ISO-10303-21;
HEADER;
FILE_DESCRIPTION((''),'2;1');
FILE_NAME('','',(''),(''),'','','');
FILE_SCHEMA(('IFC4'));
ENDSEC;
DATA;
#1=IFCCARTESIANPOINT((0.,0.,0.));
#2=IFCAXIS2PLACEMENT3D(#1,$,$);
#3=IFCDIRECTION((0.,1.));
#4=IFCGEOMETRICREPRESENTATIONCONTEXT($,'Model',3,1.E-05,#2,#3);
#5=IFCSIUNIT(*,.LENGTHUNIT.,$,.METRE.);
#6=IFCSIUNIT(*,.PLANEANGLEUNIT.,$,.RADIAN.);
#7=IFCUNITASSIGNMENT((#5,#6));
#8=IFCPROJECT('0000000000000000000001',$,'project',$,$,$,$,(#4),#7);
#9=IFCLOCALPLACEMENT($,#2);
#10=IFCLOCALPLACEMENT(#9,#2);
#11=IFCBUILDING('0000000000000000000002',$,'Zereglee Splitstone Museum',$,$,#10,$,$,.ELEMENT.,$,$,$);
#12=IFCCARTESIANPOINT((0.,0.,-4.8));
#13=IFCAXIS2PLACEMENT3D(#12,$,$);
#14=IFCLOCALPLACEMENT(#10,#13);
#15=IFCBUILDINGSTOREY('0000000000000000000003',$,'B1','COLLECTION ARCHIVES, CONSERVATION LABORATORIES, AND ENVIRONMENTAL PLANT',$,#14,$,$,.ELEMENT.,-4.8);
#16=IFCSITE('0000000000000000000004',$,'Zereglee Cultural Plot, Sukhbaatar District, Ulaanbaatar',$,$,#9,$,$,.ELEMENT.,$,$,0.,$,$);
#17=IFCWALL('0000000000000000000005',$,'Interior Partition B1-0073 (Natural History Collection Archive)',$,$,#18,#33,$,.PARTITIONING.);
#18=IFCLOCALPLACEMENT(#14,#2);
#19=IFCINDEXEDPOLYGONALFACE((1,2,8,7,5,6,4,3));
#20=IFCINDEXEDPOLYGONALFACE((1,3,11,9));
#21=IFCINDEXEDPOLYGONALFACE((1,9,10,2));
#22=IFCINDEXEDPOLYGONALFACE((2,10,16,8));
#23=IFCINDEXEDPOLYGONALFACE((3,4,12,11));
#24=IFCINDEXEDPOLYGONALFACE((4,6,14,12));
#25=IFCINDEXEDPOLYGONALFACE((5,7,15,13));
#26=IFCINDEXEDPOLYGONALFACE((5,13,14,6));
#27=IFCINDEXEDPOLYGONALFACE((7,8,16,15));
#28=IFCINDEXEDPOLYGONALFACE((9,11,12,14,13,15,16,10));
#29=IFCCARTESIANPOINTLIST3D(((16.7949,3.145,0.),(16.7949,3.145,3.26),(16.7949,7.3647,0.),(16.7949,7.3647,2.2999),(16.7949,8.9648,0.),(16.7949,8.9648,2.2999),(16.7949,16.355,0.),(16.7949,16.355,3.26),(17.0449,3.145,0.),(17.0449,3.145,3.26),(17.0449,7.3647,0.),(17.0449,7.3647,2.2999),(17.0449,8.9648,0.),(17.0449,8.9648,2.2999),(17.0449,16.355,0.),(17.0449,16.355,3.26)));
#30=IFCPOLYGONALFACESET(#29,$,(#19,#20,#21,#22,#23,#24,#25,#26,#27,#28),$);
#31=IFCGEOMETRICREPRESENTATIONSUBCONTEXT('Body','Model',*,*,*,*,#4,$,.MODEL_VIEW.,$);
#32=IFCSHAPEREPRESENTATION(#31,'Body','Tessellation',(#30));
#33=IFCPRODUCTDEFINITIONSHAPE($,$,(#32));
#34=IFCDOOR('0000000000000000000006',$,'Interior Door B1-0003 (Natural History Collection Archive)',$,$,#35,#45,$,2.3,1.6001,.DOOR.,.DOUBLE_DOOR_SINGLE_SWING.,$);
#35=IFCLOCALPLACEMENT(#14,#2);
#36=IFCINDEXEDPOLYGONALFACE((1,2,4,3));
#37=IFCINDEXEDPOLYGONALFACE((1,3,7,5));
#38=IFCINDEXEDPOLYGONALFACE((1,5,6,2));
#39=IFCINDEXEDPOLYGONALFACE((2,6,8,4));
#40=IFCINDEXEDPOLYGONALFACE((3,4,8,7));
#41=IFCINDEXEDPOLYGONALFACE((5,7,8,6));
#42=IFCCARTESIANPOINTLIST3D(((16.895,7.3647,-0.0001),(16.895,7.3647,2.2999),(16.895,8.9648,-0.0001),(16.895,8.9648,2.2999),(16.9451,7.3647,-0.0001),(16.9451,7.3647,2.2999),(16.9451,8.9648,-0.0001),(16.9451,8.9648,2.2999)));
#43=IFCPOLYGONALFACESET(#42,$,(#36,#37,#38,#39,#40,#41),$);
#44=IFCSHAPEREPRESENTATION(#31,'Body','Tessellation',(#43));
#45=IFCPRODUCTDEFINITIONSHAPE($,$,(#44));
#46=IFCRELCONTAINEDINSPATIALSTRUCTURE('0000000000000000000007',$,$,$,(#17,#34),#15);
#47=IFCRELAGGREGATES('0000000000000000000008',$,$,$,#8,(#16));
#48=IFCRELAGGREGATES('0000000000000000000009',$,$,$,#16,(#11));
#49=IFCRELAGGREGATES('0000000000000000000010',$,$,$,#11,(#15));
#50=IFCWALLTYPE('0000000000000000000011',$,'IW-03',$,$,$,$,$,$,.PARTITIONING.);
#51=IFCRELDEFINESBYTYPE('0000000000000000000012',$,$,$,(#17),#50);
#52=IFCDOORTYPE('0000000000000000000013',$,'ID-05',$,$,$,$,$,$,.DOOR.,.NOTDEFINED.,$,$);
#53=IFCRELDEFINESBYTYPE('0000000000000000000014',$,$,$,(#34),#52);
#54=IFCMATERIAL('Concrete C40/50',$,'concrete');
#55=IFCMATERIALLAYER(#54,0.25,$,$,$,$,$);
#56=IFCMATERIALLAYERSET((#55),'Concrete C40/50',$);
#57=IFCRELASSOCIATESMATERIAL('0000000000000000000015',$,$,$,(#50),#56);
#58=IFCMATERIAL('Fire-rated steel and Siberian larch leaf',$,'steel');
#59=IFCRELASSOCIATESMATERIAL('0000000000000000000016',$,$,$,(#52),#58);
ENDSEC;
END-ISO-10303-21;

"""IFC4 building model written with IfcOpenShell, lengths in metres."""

from ifc_helpers import new_model, si_unit, direction, frame, frame_2d, origin, place, context, subcontext, project, spatial, rectangle, extrude, material, layer, layer_set, type_object, element, fill, save


model = new_model("IFC4")

# Units and contexts
model_context = context("Model", 3, precision=1e-05, world=origin(), true_north=direction((0.0, 1.0)))
body_context = subcontext(model_context, "Body", "Model", "MODEL_VIEW")
ifc_project = project(units=[si_unit("LENGTHUNIT", "METRE"), si_unit("PLANEANGLEUNIT", "RADIAN")], contexts=[model_context])

# Site, building, storey
site_placement = place(None, origin())
site = spatial("IfcSite", under=ifc_project, at=site_placement, Name="Zereglee Cultural Plot, Sukhbaatar District, Ulaanbaatar", CompositionType="ELEMENT", RefElevation=0.0)
building_placement = place(site_placement, origin())
building = spatial("IfcBuilding", under=site, at=building_placement, Name="Zereglee Splitstone Museum", CompositionType="ELEMENT")
storey_placement = place(building_placement, frame((0.0, 0.0, -4.8)))
storey = spatial("IfcBuildingStorey", under=building, at=storey_placement, Name="B1", Description="COLLECTION ARCHIVES, CONSERVATION LABORATORIES, AND ENVIRONMENTAL PLANT", CompositionType="ELEMENT", Elevation=-4.8)

# Shared definitions
ifc_material_1 = material(Name="Concrete C40/50", Category="concrete")

# Shared definitions
ifc_layer_1 = layer(ifc_material_1, 0.25)
ifc_layer_set_1 = layer_set([ifc_layer_1], Name="Concrete C40/50")
wall_type_1 = type_object("IfcWallType", Name="IW-03", PredefinedType="PARTITIONING", material=ifc_layer_set_1)

# Wall, opening, door
wall_1_placement = place(storey_placement, frame((16.9199, 3.145, 0.0), z_axis=(0.0, 0.0, 1.0), x_axis=(0.0, 1.0, 0.0)))
wall_1 = element("IfcWall", 1, at=wall_1_placement, inside=storey, type_object=wall_type_1, Name="Interior Partition B1-0073 (Natural History Collection Archive)", PredefinedType="PARTITIONING", context=body_context, shape_type="SweptSolid", body=[
    extrude(rectangle(XDim=13.21, YDim=0.25, at=frame_2d((6.605, 0.0))), origin(), (0.0, 0.0, 1.0), 3.26),
])
opening_placement = place(wall_1_placement, frame((4.2197, 0.0, 0.0)))
opening = element("IfcOpeningElement", 2, at=opening_placement, cuts=wall_1, PredefinedType="OPENING", context=body_context, shape_type="SweptSolid", body=[
    extrude(rectangle(XDim=1.6001, YDim=2.3, at=frame_2d((0.8, 1.1499))), frame((0.0, 0.1399, 0.0), z_axis=(0.0, -1.0, 0.0), x_axis=(1.0, 0.0, 0.0)), (0.0, 0.0, 1.0), 0.2798),
])
ifc_material_2 = material(Name="Fire-rated steel and Siberian larch leaf", Category="steel")
door_type = type_object("IfcDoorType", Name="ID-05", OperationType="NOTDEFINED", PredefinedType="DOOR", material=ifc_material_2)
door_placement = place(opening_placement, origin())
door = element("IfcDoor", 3, at=door_placement, inside=storey, type_object=door_type, Name="Interior Door B1-0003 (Natural History Collection Archive)", OperationType="DOUBLE_DOOR_SINGLE_SWING", OverallHeight=2.3, OverallWidth=1.6001, PredefinedType="DOOR", context=body_context, shape_type="SweptSolid", body=[
    extrude(rectangle(XDim=1.6001, YDim=2.3, at=frame_2d((0.8, 1.1499))), frame((0.0, 0.0249, 0.0), z_axis=(0.0, -1.0, 0.0), x_axis=(1.0, 0.0, 0.0)), (0.0, 0.0, 1.0), 0.05),
])
fill(opening, door)

save(model, "model.ifc")
